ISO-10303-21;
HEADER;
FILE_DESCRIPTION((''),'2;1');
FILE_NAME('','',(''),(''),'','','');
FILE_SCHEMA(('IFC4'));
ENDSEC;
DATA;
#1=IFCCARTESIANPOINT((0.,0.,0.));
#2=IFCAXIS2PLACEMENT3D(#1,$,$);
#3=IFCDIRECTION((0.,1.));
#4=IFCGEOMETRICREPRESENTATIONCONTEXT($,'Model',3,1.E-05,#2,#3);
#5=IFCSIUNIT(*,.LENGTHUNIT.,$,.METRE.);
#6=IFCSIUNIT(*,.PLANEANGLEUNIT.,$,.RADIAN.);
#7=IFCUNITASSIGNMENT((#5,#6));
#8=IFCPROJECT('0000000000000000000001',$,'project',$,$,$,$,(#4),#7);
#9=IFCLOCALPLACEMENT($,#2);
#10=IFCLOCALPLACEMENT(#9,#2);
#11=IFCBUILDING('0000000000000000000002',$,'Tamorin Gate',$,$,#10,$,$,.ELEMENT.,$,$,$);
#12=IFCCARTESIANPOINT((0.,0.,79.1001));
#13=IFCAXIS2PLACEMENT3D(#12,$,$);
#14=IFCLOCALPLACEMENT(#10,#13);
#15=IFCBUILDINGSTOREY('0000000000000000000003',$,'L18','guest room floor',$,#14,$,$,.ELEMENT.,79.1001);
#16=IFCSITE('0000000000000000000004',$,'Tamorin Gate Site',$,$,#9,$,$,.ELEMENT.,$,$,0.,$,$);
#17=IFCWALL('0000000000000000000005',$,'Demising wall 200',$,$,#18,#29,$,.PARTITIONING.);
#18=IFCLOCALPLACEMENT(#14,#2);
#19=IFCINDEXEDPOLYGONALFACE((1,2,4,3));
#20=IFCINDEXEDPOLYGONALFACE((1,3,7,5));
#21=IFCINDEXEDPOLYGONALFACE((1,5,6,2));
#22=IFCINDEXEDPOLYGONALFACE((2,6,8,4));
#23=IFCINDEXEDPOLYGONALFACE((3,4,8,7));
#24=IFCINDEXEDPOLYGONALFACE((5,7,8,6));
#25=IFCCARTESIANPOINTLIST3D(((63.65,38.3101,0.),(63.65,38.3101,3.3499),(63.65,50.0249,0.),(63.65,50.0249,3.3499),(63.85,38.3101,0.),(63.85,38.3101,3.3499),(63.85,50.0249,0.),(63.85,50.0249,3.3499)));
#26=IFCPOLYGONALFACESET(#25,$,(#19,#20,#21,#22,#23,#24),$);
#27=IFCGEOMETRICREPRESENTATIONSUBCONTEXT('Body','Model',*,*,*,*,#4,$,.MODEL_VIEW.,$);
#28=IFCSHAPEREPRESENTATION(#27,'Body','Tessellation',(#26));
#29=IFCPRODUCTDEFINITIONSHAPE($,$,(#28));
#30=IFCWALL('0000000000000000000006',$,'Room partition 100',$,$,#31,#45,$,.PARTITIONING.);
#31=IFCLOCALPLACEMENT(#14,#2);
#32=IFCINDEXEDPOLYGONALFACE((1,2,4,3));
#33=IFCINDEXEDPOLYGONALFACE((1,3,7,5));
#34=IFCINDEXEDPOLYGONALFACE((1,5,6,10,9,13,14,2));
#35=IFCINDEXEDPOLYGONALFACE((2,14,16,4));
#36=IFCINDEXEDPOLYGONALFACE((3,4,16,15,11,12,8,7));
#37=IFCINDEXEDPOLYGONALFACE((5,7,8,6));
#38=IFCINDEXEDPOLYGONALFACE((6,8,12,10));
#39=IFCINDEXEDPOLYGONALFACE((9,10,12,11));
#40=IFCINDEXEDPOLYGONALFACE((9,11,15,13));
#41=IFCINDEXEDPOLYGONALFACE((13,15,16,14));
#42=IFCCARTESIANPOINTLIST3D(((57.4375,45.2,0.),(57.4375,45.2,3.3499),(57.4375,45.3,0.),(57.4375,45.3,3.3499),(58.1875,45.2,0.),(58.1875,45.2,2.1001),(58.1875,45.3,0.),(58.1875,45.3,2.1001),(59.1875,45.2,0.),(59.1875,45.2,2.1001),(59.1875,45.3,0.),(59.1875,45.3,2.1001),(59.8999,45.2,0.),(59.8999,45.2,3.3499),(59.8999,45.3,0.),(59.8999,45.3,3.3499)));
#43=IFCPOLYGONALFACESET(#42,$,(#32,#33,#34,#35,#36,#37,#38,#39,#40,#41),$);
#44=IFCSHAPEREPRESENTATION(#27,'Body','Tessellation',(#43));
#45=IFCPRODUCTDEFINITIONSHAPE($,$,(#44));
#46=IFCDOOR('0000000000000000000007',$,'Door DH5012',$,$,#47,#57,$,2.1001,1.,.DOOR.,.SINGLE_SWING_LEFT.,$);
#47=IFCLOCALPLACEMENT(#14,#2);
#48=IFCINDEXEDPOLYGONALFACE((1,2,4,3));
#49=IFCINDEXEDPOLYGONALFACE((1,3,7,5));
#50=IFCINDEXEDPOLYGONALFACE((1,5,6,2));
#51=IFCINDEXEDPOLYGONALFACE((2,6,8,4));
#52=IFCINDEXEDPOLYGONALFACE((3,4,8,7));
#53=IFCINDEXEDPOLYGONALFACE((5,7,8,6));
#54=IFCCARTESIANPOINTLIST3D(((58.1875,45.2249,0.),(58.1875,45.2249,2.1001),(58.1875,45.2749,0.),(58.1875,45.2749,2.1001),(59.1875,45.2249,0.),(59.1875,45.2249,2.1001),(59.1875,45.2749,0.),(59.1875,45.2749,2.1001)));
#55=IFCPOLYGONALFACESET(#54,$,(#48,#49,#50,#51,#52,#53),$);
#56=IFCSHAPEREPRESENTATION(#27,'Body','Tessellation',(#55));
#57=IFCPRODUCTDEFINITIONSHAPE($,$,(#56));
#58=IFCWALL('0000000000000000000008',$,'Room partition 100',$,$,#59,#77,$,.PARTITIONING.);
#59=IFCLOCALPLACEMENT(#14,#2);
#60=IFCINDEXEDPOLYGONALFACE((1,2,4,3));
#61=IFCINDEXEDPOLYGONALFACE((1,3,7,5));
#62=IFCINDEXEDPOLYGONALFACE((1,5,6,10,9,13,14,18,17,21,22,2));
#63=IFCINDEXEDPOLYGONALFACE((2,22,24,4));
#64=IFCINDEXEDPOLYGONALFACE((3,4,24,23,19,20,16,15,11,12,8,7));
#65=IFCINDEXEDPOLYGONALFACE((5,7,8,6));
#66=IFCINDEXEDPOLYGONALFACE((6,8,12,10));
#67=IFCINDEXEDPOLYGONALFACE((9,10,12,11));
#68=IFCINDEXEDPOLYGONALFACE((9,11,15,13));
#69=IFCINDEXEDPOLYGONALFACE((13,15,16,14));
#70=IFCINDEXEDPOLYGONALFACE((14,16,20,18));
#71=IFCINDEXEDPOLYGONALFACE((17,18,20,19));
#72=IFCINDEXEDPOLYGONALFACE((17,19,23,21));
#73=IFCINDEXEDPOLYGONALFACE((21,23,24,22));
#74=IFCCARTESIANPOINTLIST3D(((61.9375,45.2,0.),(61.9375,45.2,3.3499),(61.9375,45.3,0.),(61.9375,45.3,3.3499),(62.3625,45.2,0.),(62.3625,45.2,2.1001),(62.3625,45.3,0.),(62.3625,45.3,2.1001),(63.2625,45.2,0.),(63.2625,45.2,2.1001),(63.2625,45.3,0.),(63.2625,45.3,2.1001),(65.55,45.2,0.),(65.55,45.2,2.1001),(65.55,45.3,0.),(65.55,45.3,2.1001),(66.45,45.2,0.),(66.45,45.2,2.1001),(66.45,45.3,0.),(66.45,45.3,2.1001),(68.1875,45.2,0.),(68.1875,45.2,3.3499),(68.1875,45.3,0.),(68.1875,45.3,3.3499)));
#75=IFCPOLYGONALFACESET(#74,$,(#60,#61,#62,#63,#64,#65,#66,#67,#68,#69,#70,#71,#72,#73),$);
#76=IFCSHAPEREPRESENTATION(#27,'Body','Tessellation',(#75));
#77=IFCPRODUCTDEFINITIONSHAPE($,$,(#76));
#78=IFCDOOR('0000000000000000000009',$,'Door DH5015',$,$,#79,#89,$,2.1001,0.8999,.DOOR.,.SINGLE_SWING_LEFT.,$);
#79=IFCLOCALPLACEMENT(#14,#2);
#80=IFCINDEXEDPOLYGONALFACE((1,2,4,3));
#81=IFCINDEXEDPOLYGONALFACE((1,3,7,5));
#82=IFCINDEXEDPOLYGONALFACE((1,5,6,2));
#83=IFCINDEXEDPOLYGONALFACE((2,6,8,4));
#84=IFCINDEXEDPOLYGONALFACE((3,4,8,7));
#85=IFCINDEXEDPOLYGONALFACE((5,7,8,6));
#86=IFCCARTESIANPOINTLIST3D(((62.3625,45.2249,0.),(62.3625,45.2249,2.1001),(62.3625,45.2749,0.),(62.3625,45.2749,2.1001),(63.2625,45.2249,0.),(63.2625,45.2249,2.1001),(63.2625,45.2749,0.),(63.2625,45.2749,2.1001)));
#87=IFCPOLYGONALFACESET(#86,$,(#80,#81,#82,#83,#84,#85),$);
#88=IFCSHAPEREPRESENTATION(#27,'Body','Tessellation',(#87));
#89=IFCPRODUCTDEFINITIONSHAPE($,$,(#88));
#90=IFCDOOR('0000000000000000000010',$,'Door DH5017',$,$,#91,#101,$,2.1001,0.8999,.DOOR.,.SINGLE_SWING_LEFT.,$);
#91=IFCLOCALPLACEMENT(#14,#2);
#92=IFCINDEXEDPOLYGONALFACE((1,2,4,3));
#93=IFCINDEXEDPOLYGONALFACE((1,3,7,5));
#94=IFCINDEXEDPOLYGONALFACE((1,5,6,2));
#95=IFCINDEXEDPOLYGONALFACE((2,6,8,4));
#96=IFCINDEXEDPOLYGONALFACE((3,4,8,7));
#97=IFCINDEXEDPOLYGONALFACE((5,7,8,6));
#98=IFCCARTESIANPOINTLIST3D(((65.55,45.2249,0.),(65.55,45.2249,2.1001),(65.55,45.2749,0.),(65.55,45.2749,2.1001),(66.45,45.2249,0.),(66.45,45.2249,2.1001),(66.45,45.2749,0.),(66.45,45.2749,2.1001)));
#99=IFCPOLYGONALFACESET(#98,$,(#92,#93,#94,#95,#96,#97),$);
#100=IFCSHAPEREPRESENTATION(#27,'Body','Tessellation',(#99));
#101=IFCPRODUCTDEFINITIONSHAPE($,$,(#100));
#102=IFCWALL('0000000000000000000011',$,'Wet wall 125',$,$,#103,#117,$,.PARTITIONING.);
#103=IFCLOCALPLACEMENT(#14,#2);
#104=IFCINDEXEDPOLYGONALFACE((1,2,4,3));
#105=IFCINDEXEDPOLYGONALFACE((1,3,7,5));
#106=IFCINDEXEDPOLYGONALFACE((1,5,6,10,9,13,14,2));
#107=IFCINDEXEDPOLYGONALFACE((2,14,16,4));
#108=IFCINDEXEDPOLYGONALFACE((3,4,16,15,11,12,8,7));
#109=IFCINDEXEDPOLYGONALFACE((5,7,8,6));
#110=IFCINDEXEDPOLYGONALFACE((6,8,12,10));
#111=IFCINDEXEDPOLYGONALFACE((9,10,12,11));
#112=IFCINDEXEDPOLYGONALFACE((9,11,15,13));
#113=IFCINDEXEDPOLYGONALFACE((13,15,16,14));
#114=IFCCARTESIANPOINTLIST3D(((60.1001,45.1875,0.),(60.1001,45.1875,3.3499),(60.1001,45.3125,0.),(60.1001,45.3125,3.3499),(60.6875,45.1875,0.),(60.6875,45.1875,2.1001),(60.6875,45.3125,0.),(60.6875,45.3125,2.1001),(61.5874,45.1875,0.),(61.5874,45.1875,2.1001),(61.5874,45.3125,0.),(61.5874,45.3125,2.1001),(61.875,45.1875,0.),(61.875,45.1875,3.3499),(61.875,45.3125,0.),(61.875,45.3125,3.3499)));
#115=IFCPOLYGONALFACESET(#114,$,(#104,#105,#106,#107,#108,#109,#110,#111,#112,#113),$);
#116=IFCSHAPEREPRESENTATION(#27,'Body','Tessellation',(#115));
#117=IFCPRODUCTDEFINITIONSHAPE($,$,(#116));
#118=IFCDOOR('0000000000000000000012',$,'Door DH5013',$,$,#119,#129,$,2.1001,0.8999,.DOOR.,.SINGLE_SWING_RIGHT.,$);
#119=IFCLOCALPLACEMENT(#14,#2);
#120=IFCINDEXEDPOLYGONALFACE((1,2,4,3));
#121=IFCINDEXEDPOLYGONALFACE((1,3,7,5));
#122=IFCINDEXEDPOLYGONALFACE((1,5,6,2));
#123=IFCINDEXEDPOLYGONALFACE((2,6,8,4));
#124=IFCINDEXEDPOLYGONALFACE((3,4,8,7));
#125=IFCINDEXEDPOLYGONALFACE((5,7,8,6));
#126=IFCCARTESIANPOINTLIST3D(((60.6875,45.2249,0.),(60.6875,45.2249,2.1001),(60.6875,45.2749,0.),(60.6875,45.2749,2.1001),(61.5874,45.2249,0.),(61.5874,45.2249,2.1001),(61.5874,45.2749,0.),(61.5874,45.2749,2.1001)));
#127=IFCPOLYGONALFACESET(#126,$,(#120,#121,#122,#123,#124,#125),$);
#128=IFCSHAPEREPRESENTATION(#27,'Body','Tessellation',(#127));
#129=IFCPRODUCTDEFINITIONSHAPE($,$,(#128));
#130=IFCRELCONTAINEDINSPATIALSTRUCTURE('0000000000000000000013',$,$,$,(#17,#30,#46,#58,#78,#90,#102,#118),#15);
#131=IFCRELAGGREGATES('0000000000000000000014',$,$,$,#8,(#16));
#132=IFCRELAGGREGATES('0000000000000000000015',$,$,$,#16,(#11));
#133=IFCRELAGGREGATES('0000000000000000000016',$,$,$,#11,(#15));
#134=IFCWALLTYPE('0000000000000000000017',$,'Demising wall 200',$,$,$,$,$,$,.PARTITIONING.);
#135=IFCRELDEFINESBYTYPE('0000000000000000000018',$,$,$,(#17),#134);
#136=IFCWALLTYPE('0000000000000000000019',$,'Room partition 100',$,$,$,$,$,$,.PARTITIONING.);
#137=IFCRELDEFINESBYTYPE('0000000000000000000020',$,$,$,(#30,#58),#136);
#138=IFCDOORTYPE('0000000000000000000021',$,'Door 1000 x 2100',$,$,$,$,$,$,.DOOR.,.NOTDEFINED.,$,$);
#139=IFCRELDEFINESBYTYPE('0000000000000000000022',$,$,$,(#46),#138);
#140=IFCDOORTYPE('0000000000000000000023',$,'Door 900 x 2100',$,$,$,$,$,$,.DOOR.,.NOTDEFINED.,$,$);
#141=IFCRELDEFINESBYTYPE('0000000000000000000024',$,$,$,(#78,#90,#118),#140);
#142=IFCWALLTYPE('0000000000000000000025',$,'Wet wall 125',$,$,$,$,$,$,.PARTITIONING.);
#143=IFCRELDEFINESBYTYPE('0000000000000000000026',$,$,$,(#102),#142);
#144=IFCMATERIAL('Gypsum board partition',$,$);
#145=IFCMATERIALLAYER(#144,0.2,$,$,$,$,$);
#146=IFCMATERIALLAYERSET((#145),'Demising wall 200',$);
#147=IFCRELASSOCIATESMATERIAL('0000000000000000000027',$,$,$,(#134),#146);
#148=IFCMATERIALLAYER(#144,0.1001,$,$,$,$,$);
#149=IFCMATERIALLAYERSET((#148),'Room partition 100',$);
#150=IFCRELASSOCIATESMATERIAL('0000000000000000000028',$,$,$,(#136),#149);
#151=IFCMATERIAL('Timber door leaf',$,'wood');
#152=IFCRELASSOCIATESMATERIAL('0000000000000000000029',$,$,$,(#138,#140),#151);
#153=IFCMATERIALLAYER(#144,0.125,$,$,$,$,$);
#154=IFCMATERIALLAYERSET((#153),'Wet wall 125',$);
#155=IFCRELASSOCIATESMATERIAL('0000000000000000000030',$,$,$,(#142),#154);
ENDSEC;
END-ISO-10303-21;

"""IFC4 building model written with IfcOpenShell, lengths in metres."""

from ifc_helpers import new_model, si_unit, direction, frame, frame_2d, origin, place, context, subcontext, project, spatial, rectangle, extrude, material, layer, layer_set, type_object, element, fill, save


model = new_model("IFC4")

# Units and contexts
model_context = context("Model", 3, precision=1e-05, world=origin(), true_north=direction((0.0, 1.0)))
body_context = subcontext(model_context, "Body", "Model", "MODEL_VIEW")
ifc_project = project(units=[si_unit("LENGTHUNIT", "METRE"), si_unit("PLANEANGLEUNIT", "RADIAN")], contexts=[model_context])

# Site, building, storey
site_placement = place(None, origin())
site = spatial("IfcSite", under=ifc_project, at=site_placement, Name="Tamorin Gate Site", CompositionType="ELEMENT", RefElevation=0.0)
building_placement = place(site_placement, origin())
building = spatial("IfcBuilding", under=site, at=building_placement, Name="Tamorin Gate", CompositionType="ELEMENT")
storey_placement = place(building_placement, frame((0.0, 0.0, 79.1001)))
storey = spatial("IfcBuildingStorey", under=building, at=storey_placement, Name="L18", Description="guest room floor", CompositionType="ELEMENT", Elevation=79.1001)

# Wall
ifc_material_1 = material(Name="Gypsum board partition")
ifc_layer_1 = layer(ifc_material_1, 0.2)
ifc_layer_set_1 = layer_set([ifc_layer_1], Name="Demising wall 200")
wall_type_1 = type_object("IfcWallType", Name="Demising wall 200", PredefinedType="PARTITIONING", material=ifc_layer_set_1)
wall_1_placement = place(storey_placement, frame((63.75, 38.3101, 0.0), z_axis=(0.0, 0.0, 1.0), x_axis=(0.0, 1.0, 0.0)))
element("IfcWall", 1, at=wall_1_placement, inside=storey, type_object=wall_type_1, Name="Demising wall 200", PredefinedType="PARTITIONING", context=body_context, shape_type="SweptSolid", body=[
    extrude(rectangle(XDim=11.7148, YDim=0.2, at=frame_2d((5.8574, 0.0))), origin(), (0.0, 0.0, 1.0), 3.3499),
])

# Wall, opening, door
ifc_layer_2 = layer(ifc_material_1, 0.1001)
ifc_layer_set_2 = layer_set([ifc_layer_2], Name="Room partition 100")
wall_type_2 = type_object("IfcWallType", Name="Room partition 100", PredefinedType="PARTITIONING", material=ifc_layer_set_2)
wall_2_placement = place(storey_placement, frame((57.4375, 45.25, 0.0), z_axis=(0.0, 0.0, 1.0), x_axis=(1.0, 0.0, 0.0)))
wall_2 = element("IfcWall", 2, at=wall_2_placement, inside=storey, type_object=wall_type_2, Name="Room partition 100", PredefinedType="PARTITIONING", context=body_context, shape_type="SweptSolid", body=[
    extrude(rectangle(XDim=2.4624, YDim=0.1001, at=frame_2d((1.2312, 0.0))), origin(), (0.0, 0.0, 1.0), 3.3499),
])
opening_1_placement = place(wall_2_placement, frame((0.75, 0.0, 0.0)))
opening_1 = element("IfcOpeningElement", 3, at=opening_1_placement, cuts=wall_2, PredefinedType="OPENING", context=body_context, shape_type="SweptSolid", body=[
    extrude(rectangle(XDim=1.0, YDim=2.1001, at=frame_2d((0.5, 1.05))), frame((0.0, 0.0601, 0.0), z_axis=(0.0, -1.0, 0.0), x_axis=(1.0, 0.0, 0.0)), (0.0, 0.0, 1.0), 0.1201),
])
ifc_material_2 = material(Name="Timber door leaf", Category="wood")
door_type_1 = type_object("IfcDoorType", Name="Door 1000 x 2100", OperationType="NOTDEFINED", PredefinedType="DOOR", material=ifc_material_2)
door_1_placement = place(opening_1_placement, origin())
door_1 = element("IfcDoor", 4, at=door_1_placement, inside=storey, type_object=door_type_1, Name="Door DH5012", OperationType="SINGLE_SWING_LEFT", OverallHeight=2.1001, OverallWidth=1.0, PredefinedType="DOOR", context=body_context, shape_type="SweptSolid", body=[
    extrude(rectangle(XDim=1.0, YDim=2.1001, at=frame_2d((0.5, 1.05))), frame((0.0, 0.0249, 0.0), z_axis=(0.0, -1.0, 0.0), x_axis=(1.0, 0.0, 0.0)), (0.0, 0.0, 1.0), 0.05),
])
fill(opening_1, door_1)

# Wall, openings, doors
wall_3_placement = place(storey_placement, frame((61.9375, 45.25, 0.0), z_axis=(0.0, 0.0, 1.0), x_axis=(1.0, 0.0, 0.0)))
wall_3 = element("IfcWall", 5, at=wall_3_placement, inside=storey, type_object=wall_type_2, Name="Room partition 100", PredefinedType="PARTITIONING", context=body_context, shape_type="SweptSolid", body=[
    extrude(rectangle(XDim=6.25, YDim=0.1001, at=frame_2d((3.125, 0.0))), origin(), (0.0, 0.0, 1.0), 3.3499),
])
opening_2_placement = place(wall_3_placement, frame((0.425, 0.0, 0.0)))
opening_2 = element("IfcOpeningElement", 6, at=opening_2_placement, cuts=wall_3, PredefinedType="OPENING", context=body_context, shape_type="SweptSolid", body=[
    extrude(rectangle(XDim=0.8999, YDim=2.1001, at=frame_2d((0.45, 1.05))), frame((0.0, 0.0601, 0.0), z_axis=(0.0, -1.0, 0.0), x_axis=(1.0, 0.0, 0.0)), (0.0, 0.0, 1.0), 0.1201),
])
opening_3_placement = place(wall_3_placement, frame((3.6125, 0.0, 0.0)))
opening_3 = element("IfcOpeningElement", 7, at=opening_3_placement, cuts=wall_3, PredefinedType="OPENING", context=body_context, shape_type="SweptSolid", body=[
    extrude(rectangle(XDim=0.8999, YDim=2.1001, at=frame_2d((0.45, 1.05))), frame((0.0, 0.0601, 0.0), z_axis=(0.0, -1.0, 0.0), x_axis=(1.0, 0.0, 0.0)), (0.0, 0.0, 1.0), 0.1201),
])
door_type_2 = type_object("IfcDoorType", Name="Door 900 x 2100", OperationType="NOTDEFINED", PredefinedType="DOOR", material=ifc_material_2)
door_2_placement = place(opening_2_placement, origin())
door_2 = element("IfcDoor", 8, at=door_2_placement, inside=storey, type_object=door_type_2, Name="Door DH5015", OperationType="SINGLE_SWING_LEFT", OverallHeight=2.1001, OverallWidth=0.8999, PredefinedType="DOOR", context=body_context, shape_type="SweptSolid", body=[
    extrude(rectangle(XDim=0.8999, YDim=2.1001, at=frame_2d((0.45, 1.05))), frame((0.0, 0.0249, 0.0), z_axis=(0.0, -1.0, 0.0), x_axis=(1.0, 0.0, 0.0)), (0.0, 0.0, 1.0), 0.05),
])
fill(opening_2, door_2)
door_3_placement = place(opening_3_placement, origin())
door_3 = element("IfcDoor", 9, at=door_3_placement, inside=storey, type_object=door_type_2, Name="Door DH5017", OperationType="SINGLE_SWING_LEFT", OverallHeight=2.1001, OverallWidth=0.8999, PredefinedType="DOOR", context=body_context, shape_type="SweptSolid", body=[
    extrude(rectangle(XDim=0.8999, YDim=2.1001, at=frame_2d((0.45, 1.05))), frame((0.0, 0.0249, 0.0), z_axis=(0.0, -1.0, 0.0), x_axis=(1.0, 0.0, 0.0)), (0.0, 0.0, 1.0), 0.05),
])
fill(opening_3, door_3)

# Wall, opening, door
ifc_layer_3 = layer(ifc_material_1, 0.125)
ifc_layer_set_3 = layer_set([ifc_layer_3], Name="Wet wall 125")
wall_type_3 = type_object("IfcWallType", Name="Wet wall 125", PredefinedType="PARTITIONING", material=ifc_layer_set_3)
wall_4_placement = place(storey_placement, frame((60.1001, 45.25, 0.0), z_axis=(0.0, 0.0, 1.0), x_axis=(1.0, 0.0, 0.0)))
wall_4 = element("IfcWall", 10, at=wall_4_placement, inside=storey, type_object=wall_type_3, Name="Wet wall 125", PredefinedType="PARTITIONING", context=body_context, shape_type="SweptSolid", body=[
    extrude(rectangle(XDim=1.7749, YDim=0.125, at=frame_2d((0.8875, 0.0))), origin(), (0.0, 0.0, 1.0), 3.3499),
])
opening_4_placement = place(wall_4_placement, frame((0.5874, 0.0, 0.0)))
opening_4 = element("IfcOpeningElement", 11, at=opening_4_placement, cuts=wall_4, PredefinedType="OPENING", context=body_context, shape_type="SweptSolid", body=[
    extrude(rectangle(XDim=0.8999, YDim=2.1001, at=frame_2d((0.45, 1.05))), frame((0.0, 0.0725, 0.0), z_axis=(0.0, -1.0, 0.0), x_axis=(1.0, 0.0, 0.0)), (0.0, 0.0, 1.0), 0.145),
])
door_4_placement = place(opening_4_placement, origin())
door_4 = element("IfcDoor", 12, at=door_4_placement, inside=storey, type_object=door_type_2, Name="Door DH5013", OperationType="SINGLE_SWING_RIGHT", OverallHeight=2.1001, OverallWidth=0.8999, PredefinedType="DOOR", context=body_context, shape_type="SweptSolid", body=[
    extrude(rectangle(XDim=0.8999, YDim=2.1001, at=frame_2d((0.45, 1.05))), frame((0.0, 0.0249, 0.0), z_axis=(0.0, -1.0, 0.0), x_axis=(1.0, 0.0, 0.0)), (0.0, 0.0, 1.0), 0.05),
])
fill(opening_4, door_4)

save(model, "model.ifc")
